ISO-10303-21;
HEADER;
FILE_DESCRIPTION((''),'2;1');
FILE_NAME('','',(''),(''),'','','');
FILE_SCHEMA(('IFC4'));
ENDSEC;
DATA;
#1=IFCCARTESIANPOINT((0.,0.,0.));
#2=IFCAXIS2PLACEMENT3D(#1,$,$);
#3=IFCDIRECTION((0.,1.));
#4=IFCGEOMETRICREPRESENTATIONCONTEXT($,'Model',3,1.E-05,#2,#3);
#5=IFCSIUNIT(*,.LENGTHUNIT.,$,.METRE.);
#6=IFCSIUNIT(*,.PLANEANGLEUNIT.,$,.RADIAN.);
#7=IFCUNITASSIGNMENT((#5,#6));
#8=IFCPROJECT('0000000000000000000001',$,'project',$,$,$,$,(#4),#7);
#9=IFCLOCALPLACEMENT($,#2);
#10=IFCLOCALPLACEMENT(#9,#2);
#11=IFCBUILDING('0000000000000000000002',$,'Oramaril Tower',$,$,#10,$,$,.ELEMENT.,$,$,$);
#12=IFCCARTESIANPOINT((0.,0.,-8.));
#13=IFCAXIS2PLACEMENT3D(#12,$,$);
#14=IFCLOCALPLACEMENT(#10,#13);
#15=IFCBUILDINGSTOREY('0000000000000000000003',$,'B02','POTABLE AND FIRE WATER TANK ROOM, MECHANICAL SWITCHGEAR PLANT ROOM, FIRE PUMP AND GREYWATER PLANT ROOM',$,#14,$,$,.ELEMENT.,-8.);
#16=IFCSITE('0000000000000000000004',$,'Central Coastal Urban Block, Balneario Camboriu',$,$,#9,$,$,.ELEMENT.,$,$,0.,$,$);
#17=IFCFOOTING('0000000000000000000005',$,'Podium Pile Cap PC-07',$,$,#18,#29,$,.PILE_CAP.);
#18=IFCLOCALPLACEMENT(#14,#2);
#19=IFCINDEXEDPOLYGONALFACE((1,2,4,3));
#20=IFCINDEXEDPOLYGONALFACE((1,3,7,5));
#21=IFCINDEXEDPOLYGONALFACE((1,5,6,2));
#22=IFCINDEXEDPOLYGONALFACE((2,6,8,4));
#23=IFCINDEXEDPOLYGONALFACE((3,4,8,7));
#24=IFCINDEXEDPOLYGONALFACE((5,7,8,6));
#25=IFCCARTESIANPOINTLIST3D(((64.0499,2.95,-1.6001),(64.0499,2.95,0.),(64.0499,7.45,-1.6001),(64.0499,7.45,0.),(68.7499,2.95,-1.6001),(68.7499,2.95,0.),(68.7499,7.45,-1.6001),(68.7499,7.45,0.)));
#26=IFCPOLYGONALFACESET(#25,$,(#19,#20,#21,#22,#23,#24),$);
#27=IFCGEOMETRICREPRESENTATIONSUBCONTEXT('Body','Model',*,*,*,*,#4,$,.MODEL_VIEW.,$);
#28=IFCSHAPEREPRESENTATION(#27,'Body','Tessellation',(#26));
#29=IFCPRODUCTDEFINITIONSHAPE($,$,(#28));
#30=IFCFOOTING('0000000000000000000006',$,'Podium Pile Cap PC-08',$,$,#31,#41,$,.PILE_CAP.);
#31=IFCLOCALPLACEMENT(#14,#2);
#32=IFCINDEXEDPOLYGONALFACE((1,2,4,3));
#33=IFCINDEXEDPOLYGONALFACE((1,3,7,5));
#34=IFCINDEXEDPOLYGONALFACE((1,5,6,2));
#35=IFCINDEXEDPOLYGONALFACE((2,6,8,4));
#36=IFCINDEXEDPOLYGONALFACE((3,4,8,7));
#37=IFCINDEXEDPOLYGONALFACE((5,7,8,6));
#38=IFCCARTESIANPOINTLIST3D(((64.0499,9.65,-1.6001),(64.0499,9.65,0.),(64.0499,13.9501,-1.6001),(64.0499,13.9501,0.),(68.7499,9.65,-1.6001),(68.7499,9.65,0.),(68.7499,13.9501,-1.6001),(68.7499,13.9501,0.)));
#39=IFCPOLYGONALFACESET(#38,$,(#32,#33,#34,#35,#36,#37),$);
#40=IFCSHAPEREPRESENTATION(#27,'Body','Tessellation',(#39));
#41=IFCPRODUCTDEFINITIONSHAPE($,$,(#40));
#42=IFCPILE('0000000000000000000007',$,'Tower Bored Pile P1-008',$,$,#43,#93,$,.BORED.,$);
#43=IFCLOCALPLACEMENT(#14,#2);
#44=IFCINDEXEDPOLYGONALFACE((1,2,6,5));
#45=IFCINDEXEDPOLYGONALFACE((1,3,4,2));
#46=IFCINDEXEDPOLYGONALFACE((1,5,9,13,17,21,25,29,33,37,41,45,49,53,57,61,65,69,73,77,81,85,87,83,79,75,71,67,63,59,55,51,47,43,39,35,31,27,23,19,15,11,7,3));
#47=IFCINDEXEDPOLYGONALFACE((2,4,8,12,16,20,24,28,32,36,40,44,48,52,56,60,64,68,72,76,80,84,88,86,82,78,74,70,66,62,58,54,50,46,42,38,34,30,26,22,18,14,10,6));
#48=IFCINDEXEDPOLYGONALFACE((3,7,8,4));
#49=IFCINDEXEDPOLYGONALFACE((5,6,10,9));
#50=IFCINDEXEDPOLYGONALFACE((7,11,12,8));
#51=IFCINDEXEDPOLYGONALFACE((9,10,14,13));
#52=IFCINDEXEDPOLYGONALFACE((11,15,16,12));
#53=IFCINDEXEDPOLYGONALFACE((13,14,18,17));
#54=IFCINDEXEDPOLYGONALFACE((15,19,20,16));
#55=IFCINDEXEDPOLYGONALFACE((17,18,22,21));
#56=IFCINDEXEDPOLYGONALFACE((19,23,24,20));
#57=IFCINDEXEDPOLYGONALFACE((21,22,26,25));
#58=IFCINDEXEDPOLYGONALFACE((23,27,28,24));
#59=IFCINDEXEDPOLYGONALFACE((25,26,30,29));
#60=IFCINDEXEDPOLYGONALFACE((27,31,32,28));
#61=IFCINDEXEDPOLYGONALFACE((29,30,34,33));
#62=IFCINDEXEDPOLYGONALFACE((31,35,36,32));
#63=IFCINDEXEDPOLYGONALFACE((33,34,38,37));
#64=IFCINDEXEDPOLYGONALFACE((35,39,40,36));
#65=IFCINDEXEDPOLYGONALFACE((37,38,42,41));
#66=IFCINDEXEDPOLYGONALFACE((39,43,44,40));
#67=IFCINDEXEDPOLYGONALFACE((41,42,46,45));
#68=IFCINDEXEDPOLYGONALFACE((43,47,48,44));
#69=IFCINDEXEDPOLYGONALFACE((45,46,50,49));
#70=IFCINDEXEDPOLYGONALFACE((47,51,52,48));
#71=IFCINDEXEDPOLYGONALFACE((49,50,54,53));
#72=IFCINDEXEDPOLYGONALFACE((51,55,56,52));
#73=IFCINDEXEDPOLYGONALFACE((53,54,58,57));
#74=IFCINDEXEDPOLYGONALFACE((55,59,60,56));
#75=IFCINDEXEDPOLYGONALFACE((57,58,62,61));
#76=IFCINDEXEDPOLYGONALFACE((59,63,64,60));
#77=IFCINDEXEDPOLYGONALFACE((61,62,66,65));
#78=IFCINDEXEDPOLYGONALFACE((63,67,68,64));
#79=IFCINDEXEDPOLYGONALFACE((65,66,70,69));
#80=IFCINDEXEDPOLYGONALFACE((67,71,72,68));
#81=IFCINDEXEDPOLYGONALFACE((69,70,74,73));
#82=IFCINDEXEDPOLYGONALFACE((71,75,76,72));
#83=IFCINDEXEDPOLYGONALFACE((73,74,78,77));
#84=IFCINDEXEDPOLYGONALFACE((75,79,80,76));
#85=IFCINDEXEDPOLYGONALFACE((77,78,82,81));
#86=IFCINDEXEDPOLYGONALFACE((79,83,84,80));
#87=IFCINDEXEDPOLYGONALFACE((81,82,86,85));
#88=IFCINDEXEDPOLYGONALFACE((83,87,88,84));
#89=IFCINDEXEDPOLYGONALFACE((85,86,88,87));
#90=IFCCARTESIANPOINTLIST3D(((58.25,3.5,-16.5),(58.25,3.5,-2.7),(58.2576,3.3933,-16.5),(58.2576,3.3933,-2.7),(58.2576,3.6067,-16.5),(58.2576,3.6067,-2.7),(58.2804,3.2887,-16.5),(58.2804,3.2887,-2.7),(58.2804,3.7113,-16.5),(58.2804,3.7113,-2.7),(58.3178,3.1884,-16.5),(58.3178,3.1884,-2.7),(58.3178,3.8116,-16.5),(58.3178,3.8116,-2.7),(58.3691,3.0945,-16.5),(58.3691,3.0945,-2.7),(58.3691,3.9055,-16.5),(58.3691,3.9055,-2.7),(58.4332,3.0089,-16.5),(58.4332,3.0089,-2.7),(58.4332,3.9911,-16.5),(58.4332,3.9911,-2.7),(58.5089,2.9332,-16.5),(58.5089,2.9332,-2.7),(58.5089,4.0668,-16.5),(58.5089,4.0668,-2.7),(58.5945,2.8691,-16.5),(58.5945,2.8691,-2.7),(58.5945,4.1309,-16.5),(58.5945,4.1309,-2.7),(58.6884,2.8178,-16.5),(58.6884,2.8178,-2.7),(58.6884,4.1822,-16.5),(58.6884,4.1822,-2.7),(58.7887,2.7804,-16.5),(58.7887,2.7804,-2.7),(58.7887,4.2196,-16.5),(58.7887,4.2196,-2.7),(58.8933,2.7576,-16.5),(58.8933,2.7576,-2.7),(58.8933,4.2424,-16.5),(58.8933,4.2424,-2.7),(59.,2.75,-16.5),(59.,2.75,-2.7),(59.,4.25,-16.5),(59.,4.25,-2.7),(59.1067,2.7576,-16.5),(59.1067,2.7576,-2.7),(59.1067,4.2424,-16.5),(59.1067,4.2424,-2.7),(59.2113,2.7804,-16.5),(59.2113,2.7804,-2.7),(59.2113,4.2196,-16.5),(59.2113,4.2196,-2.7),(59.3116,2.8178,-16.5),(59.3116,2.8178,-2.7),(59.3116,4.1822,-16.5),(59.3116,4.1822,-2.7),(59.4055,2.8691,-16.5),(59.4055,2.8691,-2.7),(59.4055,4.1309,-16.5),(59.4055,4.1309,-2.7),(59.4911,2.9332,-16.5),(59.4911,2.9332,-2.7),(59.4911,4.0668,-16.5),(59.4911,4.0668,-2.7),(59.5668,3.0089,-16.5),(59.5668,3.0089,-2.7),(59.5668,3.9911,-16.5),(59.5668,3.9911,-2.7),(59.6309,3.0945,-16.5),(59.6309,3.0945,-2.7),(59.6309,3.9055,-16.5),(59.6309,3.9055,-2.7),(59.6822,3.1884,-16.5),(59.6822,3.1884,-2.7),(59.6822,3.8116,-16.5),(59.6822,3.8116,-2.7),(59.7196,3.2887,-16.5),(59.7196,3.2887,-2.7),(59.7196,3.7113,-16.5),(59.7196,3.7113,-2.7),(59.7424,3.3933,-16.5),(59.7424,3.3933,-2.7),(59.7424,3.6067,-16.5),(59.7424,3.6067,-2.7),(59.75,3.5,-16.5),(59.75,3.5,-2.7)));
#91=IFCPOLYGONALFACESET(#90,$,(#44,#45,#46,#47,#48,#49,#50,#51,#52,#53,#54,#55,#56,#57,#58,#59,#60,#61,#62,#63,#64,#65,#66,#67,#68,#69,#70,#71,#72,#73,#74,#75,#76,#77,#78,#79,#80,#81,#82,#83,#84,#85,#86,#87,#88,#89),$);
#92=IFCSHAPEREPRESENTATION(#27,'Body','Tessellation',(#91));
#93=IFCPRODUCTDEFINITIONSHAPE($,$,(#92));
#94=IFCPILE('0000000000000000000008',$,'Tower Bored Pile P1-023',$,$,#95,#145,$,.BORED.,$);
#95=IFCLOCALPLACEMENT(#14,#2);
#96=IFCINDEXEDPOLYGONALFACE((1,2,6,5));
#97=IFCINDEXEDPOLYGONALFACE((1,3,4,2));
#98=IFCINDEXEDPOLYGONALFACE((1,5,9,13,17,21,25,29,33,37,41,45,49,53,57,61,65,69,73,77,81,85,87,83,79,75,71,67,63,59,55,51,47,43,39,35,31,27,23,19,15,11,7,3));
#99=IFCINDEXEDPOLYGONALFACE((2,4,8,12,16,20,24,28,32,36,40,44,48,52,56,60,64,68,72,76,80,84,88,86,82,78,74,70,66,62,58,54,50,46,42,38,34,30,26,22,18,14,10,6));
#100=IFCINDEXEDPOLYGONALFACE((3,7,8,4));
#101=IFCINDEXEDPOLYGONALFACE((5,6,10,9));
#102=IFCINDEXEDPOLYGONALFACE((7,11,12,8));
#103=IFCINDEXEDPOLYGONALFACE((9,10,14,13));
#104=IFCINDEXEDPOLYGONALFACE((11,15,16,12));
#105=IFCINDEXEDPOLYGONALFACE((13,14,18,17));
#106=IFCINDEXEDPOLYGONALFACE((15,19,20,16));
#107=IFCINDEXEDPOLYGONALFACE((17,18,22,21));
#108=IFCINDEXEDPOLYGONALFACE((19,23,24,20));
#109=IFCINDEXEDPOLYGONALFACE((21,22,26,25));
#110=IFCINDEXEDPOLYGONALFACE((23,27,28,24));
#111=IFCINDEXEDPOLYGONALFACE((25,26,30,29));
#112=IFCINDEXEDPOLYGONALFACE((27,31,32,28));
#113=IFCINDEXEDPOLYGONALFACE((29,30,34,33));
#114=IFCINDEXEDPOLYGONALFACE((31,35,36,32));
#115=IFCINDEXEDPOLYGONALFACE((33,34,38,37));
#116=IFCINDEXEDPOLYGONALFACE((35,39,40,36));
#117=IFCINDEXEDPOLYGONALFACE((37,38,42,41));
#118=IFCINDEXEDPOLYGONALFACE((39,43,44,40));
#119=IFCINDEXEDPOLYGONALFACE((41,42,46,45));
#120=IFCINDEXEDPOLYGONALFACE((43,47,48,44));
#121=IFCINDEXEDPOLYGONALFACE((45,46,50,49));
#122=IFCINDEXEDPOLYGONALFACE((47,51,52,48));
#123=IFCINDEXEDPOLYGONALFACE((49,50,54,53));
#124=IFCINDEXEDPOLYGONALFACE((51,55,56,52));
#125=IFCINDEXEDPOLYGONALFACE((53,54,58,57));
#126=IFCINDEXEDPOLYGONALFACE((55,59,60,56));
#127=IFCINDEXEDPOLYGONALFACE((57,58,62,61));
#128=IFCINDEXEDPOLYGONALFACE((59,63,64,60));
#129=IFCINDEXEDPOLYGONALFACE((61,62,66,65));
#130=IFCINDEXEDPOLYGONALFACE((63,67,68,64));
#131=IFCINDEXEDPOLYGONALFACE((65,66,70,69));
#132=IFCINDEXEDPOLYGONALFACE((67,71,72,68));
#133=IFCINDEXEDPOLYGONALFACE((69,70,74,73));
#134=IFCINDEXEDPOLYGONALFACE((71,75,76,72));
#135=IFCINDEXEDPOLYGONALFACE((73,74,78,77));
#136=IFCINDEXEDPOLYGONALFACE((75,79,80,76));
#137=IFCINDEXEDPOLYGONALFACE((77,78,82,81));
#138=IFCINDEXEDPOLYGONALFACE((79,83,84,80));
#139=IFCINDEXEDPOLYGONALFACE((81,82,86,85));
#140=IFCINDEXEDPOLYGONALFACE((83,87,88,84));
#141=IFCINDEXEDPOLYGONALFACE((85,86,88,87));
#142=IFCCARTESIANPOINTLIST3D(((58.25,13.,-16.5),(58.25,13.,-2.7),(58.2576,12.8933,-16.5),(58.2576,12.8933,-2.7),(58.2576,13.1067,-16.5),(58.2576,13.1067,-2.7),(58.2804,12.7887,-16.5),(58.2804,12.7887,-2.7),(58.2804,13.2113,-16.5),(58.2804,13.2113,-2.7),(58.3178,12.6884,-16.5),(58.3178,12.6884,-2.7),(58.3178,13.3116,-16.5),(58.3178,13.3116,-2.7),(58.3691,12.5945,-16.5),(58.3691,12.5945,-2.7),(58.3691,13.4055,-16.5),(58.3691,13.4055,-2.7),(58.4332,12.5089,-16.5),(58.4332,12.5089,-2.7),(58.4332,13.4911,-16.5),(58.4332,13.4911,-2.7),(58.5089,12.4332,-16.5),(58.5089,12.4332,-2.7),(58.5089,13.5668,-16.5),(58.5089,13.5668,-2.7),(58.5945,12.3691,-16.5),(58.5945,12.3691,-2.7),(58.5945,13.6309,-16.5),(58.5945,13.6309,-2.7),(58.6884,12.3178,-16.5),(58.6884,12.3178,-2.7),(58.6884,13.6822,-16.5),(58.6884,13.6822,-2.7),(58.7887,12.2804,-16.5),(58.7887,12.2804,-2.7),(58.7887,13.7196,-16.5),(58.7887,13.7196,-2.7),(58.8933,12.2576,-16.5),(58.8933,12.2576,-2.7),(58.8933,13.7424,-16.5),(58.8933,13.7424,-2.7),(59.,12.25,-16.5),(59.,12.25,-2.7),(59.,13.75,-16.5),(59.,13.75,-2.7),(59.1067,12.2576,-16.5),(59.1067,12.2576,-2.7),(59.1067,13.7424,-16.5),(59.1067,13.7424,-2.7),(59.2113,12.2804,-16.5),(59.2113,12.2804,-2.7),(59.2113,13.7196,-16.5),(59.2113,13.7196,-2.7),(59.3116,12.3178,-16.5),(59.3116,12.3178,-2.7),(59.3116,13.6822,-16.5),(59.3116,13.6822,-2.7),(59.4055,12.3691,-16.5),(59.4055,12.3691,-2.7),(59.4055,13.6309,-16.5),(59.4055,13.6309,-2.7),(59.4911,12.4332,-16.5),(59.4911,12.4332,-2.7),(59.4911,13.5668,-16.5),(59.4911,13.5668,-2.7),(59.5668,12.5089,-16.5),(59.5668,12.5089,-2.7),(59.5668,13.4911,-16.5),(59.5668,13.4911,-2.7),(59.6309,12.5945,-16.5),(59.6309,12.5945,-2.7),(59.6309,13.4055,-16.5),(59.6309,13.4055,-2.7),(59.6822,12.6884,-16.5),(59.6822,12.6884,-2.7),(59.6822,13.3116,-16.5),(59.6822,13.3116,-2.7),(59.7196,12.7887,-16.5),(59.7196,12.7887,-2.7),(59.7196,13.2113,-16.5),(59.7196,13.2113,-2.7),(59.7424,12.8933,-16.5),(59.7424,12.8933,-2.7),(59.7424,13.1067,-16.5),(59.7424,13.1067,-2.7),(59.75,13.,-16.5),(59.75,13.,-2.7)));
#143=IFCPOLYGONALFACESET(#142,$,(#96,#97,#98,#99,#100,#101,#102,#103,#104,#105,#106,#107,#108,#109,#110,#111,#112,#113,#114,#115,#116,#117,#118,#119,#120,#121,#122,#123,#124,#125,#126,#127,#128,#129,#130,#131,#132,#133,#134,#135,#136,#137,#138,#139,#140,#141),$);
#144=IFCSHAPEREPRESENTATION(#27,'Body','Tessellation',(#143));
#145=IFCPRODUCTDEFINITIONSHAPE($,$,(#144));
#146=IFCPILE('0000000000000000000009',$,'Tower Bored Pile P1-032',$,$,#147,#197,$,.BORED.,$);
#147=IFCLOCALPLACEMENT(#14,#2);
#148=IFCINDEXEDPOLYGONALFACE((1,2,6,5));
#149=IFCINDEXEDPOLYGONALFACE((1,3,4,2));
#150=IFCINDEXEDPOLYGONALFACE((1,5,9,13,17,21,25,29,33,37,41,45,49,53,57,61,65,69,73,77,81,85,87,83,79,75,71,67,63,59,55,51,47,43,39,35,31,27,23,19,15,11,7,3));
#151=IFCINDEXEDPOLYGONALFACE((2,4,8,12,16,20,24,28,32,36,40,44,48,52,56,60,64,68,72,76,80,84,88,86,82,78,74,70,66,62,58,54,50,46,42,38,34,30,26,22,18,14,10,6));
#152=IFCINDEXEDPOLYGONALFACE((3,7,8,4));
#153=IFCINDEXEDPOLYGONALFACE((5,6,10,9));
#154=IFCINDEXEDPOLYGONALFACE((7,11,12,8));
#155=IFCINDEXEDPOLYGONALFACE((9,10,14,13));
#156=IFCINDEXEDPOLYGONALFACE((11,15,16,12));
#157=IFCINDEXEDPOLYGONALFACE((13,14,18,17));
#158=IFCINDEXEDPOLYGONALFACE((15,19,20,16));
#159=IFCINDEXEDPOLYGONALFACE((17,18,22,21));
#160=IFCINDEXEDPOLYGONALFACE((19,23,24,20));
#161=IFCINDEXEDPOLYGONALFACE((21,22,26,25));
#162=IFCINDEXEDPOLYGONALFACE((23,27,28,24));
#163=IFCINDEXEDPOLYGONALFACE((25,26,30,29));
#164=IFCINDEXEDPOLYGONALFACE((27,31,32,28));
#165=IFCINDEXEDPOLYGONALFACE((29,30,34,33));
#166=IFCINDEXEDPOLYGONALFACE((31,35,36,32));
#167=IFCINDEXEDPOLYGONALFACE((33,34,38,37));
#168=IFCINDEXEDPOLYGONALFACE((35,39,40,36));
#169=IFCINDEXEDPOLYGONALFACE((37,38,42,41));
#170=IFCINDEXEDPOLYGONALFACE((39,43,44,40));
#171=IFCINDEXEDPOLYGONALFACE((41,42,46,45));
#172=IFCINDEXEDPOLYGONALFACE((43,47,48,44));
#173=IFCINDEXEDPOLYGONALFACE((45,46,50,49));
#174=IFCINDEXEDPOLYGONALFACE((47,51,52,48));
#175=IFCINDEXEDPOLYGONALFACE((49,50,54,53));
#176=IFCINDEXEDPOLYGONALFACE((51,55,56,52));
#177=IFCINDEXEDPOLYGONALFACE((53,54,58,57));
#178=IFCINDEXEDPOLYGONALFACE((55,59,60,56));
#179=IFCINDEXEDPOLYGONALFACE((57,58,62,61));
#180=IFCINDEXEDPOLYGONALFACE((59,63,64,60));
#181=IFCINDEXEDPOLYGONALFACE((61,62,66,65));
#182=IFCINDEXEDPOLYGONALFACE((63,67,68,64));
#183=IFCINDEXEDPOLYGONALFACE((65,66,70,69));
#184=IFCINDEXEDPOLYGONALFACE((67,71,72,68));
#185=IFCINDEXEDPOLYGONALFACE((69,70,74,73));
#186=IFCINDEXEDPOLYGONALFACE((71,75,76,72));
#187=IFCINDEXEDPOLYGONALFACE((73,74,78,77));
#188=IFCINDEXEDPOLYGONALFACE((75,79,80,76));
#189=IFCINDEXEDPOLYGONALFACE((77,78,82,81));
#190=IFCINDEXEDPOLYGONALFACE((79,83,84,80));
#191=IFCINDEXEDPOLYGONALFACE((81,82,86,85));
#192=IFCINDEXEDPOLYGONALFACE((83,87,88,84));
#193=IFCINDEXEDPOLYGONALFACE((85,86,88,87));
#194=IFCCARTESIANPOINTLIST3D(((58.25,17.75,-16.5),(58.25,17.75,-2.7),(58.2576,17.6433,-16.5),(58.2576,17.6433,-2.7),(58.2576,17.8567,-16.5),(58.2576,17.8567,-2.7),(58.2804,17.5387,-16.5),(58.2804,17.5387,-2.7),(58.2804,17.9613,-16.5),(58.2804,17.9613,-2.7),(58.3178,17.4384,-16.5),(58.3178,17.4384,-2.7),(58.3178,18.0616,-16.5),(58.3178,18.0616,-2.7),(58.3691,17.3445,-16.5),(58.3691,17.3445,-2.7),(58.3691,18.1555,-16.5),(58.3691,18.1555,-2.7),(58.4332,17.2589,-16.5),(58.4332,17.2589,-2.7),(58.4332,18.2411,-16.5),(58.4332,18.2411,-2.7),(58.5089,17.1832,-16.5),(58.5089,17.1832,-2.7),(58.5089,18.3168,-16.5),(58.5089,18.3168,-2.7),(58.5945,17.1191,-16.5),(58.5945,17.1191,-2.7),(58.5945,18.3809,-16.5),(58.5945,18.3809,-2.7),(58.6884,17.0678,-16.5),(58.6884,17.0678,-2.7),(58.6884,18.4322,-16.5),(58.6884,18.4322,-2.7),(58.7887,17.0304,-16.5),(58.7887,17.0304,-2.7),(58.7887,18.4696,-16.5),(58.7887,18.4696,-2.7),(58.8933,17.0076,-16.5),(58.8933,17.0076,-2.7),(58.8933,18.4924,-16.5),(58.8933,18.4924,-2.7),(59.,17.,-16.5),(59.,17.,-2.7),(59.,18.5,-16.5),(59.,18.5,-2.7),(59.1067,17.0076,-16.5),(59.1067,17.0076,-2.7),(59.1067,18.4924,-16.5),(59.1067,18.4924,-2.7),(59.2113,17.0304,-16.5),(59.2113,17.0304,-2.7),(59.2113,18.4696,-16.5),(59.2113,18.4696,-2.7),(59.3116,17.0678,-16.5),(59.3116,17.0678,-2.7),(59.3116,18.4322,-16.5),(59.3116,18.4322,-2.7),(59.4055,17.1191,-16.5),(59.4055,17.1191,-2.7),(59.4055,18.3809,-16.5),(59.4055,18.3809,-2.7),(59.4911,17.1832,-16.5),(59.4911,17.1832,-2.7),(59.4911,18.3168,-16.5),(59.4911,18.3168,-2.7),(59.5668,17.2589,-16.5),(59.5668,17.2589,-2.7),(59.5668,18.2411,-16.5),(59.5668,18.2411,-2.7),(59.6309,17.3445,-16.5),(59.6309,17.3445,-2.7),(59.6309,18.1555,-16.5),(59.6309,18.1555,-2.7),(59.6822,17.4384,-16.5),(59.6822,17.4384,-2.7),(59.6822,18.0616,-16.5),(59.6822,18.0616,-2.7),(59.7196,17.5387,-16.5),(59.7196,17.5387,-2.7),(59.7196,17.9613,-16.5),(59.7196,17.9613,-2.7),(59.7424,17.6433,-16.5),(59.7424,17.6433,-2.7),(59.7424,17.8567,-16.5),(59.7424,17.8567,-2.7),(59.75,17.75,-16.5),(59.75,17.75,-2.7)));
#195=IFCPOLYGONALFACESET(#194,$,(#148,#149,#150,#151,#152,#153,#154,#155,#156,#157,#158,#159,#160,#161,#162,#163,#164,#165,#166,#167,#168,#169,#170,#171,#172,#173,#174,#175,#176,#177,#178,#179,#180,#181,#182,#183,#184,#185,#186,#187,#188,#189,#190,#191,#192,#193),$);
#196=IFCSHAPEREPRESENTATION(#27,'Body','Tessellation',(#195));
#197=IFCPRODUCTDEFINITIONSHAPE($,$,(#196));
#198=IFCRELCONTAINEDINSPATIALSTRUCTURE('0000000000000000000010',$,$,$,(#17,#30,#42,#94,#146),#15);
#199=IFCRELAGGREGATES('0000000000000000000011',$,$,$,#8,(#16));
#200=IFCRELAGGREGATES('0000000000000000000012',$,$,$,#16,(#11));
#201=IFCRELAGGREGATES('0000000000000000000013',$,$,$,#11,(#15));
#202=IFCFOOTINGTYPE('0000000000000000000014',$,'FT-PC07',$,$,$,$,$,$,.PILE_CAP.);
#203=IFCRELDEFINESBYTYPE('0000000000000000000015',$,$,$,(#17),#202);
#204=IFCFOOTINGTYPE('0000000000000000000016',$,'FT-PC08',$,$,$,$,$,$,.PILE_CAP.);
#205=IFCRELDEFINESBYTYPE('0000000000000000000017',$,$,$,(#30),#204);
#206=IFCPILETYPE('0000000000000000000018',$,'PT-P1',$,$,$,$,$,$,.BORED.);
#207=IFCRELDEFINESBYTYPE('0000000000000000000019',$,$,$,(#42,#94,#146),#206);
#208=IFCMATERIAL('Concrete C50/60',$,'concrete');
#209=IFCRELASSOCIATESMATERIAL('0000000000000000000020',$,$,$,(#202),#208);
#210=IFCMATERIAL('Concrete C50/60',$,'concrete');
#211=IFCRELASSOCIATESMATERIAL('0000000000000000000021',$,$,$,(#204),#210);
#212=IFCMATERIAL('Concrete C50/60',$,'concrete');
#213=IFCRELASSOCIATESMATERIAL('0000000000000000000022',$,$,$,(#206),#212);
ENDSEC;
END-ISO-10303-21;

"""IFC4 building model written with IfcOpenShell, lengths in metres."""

from ifc_helpers import new_model, si_unit, direction, frame, origin, origin_2d, place, context, subcontext, project, spatial, rectangle, circle, extrude, material, material_profile, profile_set, type_object, element, save


model = new_model("IFC4")

# Units and contexts
model_context = context("Model", 3, precision=1e-05, world=origin(), true_north=direction((0.0, 1.0)))
body_context = subcontext(model_context, "Body", "Model", "MODEL_VIEW")
ifc_project = project(units=[si_unit("LENGTHUNIT", "METRE"), si_unit("PLANEANGLEUNIT", "RADIAN")], contexts=[model_context])

# Site, building, storey
site_placement = place(None, origin())
site = spatial("IfcSite", under=ifc_project, at=site_placement, Name="Central Coastal Urban Block, Balneario Camboriu", CompositionType="ELEMENT", RefElevation=0.0)
building_placement = place(site_placement, origin())
building = spatial("IfcBuilding", under=site, at=building_placement, Name="Oramaril Tower", CompositionType="ELEMENT")
storey_placement = place(building_placement, frame((0.0, 0.0, -8.0)))
storey = spatial("IfcBuildingStorey", under=building, at=storey_placement, Name="B02", Description="POTABLE AND FIRE WATER TANK ROOM, MECHANICAL SWITCHGEAR PLANT ROOM, FIRE PUMP AND GREYWATER PLANT ROOM", CompositionType="ELEMENT", Elevation=-8.0)

# Footings
ifc_material_1 = material(Name="Concrete C50/60", Category="concrete")
footing_type_1 = type_object("IfcFootingType", Name="FT-PC07", PredefinedType="PILE_CAP", material=ifc_material_1)
footing_1_placement = place(storey_placement, frame((66.3999, 5.2, -1.6001), z_axis=(0.0, 0.0, 1.0), x_axis=(1.0, 0.0, 0.0)))
element("IfcFooting", 1, at=footing_1_placement, inside=storey, type_object=footing_type_1, Name="Podium Pile Cap PC-07", PredefinedType="PILE_CAP", context=body_context, shape_type="SweptSolid", body=[
    extrude(rectangle(XDim=4.7, YDim=4.5, at=origin_2d()), origin(), (0.0, 0.0, 1.0), 1.6001),
])
ifc_material_2 = material(Name="Concrete C50/60", Category="concrete")
footing_type_2 = type_object("IfcFootingType", Name="FT-PC08", PredefinedType="PILE_CAP", material=ifc_material_2)
footing_2_placement = place(storey_placement, frame((66.3999, 11.8, -1.6001), z_axis=(0.0, 0.0, 1.0), x_axis=(1.0, 0.0, 0.0)))
element("IfcFooting", 2, at=footing_2_placement, inside=storey, type_object=footing_type_2, Name="Podium Pile Cap PC-08", PredefinedType="PILE_CAP", context=body_context, shape_type="SweptSolid", body=[
    extrude(rectangle(XDim=4.7, YDim=4.3, at=origin_2d()), origin(), (0.0, 0.0, 1.0), 1.6001),
])

# Piles
ifc_material_3 = material(Name="Concrete C50/60", Category="concrete")
ifc_material_profile_1 = material_profile(ifc_material_3, circle(Radius=0.75, at=origin_2d()), Name="D1500")
ifc_profile_set_1 = profile_set([ifc_material_profile_1], Name="Concrete C50/60")
pile_type_1 = type_object("IfcPileType", Name="PT-P1", PredefinedType="BORED", material=ifc_profile_set_1)
for number, where, z_axis, x_axis, name in (
    (3, (59.0, 3.5, -2.7), (0.0, 0.0, -1.0), (1.0, 0.0, 0.0), "Tower Bored Pile P1-008"),
    (4, (59.0, 13.0, -2.7), (0.0, 0.0, -1.0), (1.0, 0.0, 0.0), "Tower Bored Pile P1-023"),
    (5, (59.0, 17.75, -2.7), (0.0, 0.0, -1.0), (1.0, 0.0, 0.0), "Tower Bored Pile P1-032"),
):
    element("IfcPile", number, at=place(storey_placement, frame(where, z_axis=z_axis, x_axis=x_axis)), inside=storey, type_object=pile_type_1, Name=name, PredefinedType="BORED", context=body_context, shape_type="SweptSolid", body=[
        extrude(circle(Radius=0.75, at=origin_2d()), origin(), (0.0, 0.0, 1.0), 13.8),
    ])

save(model, "model.ifc")
